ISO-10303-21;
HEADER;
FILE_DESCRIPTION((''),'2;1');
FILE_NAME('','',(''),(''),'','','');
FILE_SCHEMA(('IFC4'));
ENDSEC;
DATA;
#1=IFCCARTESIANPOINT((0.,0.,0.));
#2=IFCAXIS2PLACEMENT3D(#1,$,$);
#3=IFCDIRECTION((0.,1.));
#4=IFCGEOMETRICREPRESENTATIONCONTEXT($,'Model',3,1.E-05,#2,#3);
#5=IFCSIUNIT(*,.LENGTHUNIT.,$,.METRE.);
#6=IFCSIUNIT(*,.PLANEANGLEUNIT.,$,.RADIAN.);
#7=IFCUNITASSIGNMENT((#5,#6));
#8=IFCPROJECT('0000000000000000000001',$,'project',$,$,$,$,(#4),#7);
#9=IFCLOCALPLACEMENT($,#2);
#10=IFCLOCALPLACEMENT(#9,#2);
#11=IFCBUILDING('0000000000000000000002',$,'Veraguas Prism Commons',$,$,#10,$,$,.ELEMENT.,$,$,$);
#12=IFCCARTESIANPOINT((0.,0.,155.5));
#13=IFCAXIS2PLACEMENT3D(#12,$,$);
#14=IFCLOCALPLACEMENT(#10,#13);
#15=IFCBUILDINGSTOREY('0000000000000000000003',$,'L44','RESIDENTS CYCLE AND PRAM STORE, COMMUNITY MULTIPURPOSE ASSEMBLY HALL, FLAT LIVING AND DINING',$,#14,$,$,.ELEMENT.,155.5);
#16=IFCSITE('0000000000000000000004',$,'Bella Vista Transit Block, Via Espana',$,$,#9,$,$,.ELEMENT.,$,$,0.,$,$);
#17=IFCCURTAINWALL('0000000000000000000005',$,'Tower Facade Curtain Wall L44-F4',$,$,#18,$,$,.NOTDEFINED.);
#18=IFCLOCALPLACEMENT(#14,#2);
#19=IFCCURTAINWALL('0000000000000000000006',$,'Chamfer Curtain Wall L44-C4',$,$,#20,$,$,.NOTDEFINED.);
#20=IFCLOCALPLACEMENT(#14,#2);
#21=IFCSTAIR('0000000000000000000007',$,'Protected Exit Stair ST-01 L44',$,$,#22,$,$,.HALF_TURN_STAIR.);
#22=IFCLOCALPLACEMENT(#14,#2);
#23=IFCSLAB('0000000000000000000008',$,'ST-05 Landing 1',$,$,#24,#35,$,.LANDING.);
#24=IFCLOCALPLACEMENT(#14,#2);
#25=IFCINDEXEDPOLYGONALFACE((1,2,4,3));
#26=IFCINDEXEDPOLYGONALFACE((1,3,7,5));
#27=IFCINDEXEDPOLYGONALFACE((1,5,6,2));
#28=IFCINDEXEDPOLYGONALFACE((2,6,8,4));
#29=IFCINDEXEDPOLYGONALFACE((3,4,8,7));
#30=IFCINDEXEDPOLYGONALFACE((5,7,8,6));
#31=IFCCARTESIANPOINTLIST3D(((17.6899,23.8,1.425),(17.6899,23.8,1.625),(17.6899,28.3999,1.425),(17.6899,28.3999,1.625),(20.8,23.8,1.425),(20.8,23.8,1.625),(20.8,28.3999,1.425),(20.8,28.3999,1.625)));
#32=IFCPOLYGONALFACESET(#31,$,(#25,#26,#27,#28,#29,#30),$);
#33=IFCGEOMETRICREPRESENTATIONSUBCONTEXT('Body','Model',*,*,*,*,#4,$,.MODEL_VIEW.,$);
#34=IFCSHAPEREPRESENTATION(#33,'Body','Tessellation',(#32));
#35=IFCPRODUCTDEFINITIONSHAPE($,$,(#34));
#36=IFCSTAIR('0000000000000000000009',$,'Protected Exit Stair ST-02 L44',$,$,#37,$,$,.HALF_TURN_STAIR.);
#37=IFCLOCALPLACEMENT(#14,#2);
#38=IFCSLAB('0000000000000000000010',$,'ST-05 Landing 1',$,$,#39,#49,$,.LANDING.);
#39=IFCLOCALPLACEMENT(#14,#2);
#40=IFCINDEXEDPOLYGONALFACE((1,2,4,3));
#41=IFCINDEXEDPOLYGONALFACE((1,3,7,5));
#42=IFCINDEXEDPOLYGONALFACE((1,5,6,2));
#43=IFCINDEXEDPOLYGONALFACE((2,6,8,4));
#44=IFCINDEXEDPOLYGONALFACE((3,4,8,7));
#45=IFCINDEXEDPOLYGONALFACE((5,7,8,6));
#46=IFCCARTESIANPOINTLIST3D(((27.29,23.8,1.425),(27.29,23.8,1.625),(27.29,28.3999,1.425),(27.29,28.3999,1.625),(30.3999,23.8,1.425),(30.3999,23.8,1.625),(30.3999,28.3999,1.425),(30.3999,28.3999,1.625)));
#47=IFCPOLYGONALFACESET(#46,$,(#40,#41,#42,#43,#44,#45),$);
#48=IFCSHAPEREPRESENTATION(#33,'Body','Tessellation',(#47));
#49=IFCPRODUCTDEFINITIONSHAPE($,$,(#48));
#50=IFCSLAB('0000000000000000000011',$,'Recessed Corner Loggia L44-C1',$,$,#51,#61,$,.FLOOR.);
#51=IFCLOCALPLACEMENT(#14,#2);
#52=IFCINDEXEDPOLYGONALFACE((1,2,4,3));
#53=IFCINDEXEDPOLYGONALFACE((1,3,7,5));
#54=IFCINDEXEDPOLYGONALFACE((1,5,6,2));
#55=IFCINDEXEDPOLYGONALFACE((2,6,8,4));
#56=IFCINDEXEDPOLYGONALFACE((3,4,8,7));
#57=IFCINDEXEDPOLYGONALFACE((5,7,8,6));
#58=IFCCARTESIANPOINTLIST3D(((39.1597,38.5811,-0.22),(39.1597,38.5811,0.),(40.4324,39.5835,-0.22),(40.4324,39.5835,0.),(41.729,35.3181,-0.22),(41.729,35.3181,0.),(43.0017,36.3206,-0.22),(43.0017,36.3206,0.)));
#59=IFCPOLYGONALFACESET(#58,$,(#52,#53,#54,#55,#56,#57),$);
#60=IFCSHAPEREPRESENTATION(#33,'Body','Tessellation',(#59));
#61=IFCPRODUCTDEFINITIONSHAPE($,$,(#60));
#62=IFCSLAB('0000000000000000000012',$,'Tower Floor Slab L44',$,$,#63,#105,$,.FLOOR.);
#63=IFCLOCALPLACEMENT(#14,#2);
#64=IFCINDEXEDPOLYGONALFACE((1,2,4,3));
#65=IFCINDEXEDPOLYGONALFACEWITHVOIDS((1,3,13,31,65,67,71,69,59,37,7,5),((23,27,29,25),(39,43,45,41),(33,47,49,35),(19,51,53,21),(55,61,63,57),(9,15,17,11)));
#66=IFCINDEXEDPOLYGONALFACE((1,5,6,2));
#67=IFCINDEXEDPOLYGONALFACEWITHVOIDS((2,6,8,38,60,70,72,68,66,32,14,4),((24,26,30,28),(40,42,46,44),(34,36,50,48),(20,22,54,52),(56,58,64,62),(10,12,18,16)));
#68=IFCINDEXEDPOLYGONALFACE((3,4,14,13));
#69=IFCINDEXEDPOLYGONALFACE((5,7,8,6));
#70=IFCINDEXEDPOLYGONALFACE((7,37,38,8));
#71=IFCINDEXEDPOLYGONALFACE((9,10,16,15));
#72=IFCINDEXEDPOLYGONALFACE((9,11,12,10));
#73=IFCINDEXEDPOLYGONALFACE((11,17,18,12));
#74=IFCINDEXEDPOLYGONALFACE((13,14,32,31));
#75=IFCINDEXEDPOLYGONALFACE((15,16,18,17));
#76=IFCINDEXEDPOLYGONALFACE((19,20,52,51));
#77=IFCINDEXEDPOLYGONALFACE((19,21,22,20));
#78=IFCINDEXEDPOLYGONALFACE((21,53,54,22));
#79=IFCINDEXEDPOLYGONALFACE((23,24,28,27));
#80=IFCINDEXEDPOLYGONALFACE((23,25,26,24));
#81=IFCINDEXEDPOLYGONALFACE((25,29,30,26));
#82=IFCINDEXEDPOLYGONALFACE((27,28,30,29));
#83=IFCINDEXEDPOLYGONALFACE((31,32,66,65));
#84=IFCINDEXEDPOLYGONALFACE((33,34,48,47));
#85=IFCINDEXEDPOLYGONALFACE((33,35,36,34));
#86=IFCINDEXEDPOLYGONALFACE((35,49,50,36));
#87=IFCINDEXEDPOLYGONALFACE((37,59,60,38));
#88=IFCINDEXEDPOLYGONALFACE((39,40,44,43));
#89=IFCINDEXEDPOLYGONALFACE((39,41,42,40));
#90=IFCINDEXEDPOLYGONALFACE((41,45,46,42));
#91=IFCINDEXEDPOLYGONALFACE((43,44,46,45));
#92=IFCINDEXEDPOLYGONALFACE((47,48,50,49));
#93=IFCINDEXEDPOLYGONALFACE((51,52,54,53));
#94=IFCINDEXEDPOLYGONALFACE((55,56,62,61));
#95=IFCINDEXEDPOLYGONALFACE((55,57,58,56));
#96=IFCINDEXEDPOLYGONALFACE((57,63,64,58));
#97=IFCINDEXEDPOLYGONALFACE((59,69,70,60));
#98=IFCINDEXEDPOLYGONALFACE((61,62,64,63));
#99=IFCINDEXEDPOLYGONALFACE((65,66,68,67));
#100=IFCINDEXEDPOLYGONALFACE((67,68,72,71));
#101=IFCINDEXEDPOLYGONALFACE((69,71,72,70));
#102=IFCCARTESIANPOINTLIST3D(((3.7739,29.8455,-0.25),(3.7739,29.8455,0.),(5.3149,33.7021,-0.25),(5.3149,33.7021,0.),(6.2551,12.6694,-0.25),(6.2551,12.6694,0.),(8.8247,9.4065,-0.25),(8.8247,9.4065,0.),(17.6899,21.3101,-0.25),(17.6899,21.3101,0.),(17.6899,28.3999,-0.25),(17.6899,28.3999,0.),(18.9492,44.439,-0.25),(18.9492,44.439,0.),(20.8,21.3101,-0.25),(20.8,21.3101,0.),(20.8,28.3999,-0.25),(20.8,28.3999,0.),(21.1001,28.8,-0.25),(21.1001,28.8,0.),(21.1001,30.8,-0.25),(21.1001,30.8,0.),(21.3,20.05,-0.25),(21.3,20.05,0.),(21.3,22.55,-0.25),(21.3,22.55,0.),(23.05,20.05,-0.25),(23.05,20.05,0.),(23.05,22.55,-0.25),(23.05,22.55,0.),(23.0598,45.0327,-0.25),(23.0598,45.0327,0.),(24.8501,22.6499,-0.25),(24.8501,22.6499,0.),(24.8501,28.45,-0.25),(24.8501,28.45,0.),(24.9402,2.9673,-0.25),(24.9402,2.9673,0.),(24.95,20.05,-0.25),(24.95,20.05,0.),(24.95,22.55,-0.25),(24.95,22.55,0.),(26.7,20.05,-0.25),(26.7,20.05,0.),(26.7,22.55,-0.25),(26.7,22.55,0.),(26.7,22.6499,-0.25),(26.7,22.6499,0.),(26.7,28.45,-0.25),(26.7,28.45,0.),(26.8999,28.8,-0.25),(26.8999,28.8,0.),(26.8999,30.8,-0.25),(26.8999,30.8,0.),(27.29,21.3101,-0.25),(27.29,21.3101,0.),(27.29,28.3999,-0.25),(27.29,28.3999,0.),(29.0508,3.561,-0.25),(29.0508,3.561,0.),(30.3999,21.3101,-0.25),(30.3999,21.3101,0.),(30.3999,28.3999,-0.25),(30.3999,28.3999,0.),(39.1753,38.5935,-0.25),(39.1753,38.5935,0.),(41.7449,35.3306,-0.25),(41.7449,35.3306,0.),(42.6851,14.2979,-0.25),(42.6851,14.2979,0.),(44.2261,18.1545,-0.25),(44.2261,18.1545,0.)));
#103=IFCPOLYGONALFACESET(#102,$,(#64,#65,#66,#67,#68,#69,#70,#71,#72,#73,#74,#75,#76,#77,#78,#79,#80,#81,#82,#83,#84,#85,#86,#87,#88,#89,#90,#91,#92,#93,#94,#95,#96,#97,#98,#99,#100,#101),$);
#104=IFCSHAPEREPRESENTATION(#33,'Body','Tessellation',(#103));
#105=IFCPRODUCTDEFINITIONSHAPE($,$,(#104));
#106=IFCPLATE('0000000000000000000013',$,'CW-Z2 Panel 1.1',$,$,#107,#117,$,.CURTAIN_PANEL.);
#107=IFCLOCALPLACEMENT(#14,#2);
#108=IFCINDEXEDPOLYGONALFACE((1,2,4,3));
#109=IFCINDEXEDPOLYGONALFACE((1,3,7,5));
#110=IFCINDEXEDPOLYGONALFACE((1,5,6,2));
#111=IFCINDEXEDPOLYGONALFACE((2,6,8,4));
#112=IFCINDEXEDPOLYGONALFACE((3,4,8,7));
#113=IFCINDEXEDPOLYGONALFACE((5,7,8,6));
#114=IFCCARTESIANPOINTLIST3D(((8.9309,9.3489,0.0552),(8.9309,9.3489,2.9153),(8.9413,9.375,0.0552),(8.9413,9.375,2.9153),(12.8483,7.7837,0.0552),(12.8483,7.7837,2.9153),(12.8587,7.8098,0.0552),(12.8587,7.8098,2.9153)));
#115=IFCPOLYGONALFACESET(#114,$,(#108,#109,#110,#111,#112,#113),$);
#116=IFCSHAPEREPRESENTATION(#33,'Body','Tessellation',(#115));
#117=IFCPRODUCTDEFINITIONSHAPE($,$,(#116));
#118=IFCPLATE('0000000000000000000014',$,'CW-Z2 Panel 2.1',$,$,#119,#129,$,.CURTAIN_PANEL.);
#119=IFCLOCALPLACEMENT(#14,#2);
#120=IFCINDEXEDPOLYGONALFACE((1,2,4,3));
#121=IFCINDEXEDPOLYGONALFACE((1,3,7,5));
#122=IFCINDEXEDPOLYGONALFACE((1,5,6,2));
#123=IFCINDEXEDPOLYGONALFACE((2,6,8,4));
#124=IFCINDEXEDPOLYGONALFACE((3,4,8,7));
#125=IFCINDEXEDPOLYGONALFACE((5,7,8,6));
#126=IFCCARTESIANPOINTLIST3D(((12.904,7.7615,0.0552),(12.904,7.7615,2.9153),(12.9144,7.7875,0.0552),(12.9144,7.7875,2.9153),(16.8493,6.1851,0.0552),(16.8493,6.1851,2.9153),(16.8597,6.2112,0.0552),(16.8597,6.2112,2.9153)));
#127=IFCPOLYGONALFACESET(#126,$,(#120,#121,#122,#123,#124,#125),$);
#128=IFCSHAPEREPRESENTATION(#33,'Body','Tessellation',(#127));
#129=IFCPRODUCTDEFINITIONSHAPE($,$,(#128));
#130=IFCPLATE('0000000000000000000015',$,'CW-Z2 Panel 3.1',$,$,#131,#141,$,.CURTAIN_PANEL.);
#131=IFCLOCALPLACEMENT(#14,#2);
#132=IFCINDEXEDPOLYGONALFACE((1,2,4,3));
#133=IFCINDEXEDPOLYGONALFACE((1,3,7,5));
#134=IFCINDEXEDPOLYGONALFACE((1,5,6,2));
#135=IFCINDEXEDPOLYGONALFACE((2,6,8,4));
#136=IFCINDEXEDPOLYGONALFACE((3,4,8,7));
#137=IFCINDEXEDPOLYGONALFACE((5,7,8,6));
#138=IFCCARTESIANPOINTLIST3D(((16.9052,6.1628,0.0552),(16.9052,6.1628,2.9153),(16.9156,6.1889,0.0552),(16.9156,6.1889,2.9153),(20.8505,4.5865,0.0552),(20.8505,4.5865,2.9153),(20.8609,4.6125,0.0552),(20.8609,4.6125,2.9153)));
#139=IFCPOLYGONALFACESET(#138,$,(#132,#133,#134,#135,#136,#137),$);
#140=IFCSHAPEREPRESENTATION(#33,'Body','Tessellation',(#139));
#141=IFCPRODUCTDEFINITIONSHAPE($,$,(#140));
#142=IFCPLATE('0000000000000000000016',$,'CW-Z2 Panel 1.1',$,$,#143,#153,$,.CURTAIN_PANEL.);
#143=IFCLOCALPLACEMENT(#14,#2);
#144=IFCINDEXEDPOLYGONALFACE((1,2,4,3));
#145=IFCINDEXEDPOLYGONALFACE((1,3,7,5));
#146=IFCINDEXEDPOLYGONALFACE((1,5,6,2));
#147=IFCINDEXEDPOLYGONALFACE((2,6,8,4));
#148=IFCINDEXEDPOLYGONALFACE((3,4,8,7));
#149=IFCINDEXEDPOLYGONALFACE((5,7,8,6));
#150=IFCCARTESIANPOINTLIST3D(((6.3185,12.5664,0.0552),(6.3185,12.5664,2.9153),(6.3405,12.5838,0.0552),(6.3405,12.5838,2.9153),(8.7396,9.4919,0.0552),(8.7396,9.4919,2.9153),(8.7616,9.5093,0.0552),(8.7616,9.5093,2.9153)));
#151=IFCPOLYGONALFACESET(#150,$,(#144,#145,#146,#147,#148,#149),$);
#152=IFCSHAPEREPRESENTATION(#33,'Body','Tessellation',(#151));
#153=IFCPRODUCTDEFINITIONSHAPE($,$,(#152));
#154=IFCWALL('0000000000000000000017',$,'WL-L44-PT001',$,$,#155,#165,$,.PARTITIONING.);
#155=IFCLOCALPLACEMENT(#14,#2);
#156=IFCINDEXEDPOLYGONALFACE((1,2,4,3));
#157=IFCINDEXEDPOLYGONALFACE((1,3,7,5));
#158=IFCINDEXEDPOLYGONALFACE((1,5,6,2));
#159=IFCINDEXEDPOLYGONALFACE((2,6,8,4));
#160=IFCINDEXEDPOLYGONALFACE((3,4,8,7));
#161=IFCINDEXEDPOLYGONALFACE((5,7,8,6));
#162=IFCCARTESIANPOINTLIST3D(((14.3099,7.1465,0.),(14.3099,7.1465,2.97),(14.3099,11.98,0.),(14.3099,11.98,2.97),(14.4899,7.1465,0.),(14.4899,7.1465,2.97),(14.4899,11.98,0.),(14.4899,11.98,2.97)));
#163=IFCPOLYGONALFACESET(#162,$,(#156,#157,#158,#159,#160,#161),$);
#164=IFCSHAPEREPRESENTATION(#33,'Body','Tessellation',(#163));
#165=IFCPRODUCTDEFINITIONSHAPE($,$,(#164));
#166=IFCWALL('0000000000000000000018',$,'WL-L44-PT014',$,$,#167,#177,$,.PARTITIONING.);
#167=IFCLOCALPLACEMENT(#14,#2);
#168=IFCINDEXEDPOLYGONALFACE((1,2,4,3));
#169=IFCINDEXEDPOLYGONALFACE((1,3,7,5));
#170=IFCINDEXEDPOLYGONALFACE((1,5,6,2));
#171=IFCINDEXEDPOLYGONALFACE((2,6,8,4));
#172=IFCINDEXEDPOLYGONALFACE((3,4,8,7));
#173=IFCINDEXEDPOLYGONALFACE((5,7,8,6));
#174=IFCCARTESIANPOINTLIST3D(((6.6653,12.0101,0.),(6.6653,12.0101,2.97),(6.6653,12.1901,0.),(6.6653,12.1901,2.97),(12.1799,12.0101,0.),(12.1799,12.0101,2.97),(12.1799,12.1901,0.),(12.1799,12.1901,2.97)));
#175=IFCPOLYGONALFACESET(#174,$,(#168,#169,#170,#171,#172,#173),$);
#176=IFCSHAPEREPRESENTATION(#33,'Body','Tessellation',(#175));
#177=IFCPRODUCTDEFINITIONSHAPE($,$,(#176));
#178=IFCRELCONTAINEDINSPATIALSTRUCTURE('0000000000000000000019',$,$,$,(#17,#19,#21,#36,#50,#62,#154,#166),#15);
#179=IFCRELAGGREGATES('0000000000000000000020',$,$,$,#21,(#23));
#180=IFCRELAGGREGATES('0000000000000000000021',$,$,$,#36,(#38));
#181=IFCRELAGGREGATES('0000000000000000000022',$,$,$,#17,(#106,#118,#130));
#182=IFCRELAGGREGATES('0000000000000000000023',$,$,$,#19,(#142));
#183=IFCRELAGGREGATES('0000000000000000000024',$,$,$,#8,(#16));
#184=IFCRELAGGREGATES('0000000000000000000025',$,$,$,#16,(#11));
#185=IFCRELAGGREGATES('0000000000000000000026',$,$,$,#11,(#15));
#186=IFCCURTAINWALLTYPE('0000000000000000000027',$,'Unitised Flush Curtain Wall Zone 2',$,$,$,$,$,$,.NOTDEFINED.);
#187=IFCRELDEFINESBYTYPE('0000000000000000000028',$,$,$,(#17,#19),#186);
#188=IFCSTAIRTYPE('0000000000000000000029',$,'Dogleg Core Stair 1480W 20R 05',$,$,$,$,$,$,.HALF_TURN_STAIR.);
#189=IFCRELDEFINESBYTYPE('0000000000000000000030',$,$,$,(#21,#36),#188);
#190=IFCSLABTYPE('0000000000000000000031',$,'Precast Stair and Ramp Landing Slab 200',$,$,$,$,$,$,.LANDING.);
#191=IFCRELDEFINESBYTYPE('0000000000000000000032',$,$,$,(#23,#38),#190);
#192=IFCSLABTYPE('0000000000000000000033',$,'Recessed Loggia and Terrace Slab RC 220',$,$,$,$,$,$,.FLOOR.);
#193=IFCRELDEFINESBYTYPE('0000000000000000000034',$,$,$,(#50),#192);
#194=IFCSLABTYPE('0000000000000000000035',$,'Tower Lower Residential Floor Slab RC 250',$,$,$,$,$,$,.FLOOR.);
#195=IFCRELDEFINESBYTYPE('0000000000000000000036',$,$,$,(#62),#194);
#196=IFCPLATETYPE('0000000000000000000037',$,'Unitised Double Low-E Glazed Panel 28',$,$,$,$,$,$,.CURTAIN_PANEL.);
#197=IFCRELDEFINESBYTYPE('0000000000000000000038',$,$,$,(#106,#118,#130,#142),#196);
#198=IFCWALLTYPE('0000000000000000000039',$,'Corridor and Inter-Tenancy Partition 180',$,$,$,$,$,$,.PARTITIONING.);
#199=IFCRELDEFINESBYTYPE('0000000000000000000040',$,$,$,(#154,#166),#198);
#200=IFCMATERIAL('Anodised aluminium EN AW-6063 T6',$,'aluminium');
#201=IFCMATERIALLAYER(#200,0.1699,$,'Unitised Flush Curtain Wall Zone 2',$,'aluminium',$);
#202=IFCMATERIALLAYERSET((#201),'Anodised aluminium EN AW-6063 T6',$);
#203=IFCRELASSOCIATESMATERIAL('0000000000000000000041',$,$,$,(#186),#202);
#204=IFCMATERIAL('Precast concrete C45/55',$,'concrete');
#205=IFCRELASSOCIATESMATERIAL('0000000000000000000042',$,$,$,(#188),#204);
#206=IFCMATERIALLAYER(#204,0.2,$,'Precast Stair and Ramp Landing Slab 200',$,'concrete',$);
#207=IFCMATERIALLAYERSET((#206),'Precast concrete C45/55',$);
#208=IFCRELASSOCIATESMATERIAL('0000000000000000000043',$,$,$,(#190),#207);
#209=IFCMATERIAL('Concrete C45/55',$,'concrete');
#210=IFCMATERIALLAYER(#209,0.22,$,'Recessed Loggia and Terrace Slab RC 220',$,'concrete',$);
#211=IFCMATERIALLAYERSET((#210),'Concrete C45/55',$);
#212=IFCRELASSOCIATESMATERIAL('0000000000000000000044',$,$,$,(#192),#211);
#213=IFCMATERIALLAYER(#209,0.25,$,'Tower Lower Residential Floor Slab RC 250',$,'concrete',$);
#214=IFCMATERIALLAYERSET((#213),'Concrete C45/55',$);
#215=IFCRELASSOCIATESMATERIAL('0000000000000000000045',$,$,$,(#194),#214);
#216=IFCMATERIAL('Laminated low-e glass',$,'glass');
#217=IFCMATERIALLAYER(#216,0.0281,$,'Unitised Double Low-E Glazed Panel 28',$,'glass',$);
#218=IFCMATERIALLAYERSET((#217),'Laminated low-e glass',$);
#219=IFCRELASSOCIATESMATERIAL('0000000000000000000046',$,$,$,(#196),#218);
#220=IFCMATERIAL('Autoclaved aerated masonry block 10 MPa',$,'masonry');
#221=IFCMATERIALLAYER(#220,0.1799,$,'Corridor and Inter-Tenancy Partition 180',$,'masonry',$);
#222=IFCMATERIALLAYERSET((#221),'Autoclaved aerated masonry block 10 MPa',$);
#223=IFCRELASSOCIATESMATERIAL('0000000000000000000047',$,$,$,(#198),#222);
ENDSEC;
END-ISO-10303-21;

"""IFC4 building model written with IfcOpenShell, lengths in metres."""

from ifc_helpers import new_model, si_unit, direction, frame, frame_2d, origin, origin_2d, place, context, subcontext, project, spatial, polyline, rectangle, outline, extrude, source, transform, mapped, material, layer, layer_set, type_object, element, aggregate, save


model = new_model("IFC4")

# Units and contexts
model_context = context("Model", 3, precision=1e-05, world=origin(), true_north=direction((0.0, 1.0)))
body_context = subcontext(model_context, "Body", "Model", "MODEL_VIEW")
ifc_project = project(units=[si_unit("LENGTHUNIT", "METRE"), si_unit("PLANEANGLEUNIT", "RADIAN")], contexts=[model_context])

# Site, building, storey
site_placement = place(None, origin())
site = spatial("IfcSite", under=ifc_project, at=site_placement, Name="Bella Vista Transit Block, Via Espana", CompositionType="ELEMENT", RefElevation=0.0)
building_placement = place(site_placement, origin())
building = spatial("IfcBuilding", under=site, at=building_placement, Name="Veraguas Prism Commons", CompositionType="ELEMENT")
storey_placement = place(building_placement, frame((0.0, 0.0, 155.5)))
storey = spatial("IfcBuildingStorey", under=building, at=storey_placement, Name="L44", Description="RESIDENTS CYCLE AND PRAM STORE, COMMUNITY MULTIPURPOSE ASSEMBLY HALL, FLAT LIVING AND DINING", CompositionType="ELEMENT", Elevation=155.5)

# Curtain wall
ifc_material_1 = material(Name="Anodised aluminium EN AW-6063 T6", Category="aluminium")
ifc_layer_1 = layer(ifc_material_1, 0.1699, Name="Unitised Flush Curtain Wall Zone 2", Category="aluminium")
ifc_layer_set_1 = layer_set([ifc_layer_1], Name="Anodised aluminium EN AW-6063 T6")
curtain_wall_type = type_object("IfcCurtainWallType", Name="Unitised Flush Curtain Wall Zone 2", PredefinedType="NOTDEFINED", material=ifc_layer_set_1)
curtain_wall_1_placement = place(storey_placement, origin())
curtain_wall_1 = element("IfcCurtainWall", 1, at=curtain_wall_1_placement, inside=storey, type_object=curtain_wall_type, Name="Tower Facade Curtain Wall L44-F4", PredefinedType="NOTDEFINED")

# Curtain wall
curtain_wall_2_placement = place(storey_placement, origin())
curtain_wall_2 = element("IfcCurtainWall", 2, at=curtain_wall_2_placement, inside=storey, type_object=curtain_wall_type, Name="Chamfer Curtain Wall L44-C4", PredefinedType="NOTDEFINED")

# Stairs, slabs
ifc_material_2 = material(Name="Precast concrete C45/55", Category="concrete")
stair_type = type_object("IfcStairType", Name="Dogleg Core Stair 1480W 20R 05", PredefinedType="HALF_TURN_STAIR", material=ifc_material_2)
stair_1_placement = place(storey_placement, origin())
stair_1 = element("IfcStair", 3, at=stair_1_placement, inside=storey, type_object=stair_type, Name="Protected Exit Stair ST-01 L44", PredefinedType="HALF_TURN_STAIR")
ifc_layer_2 = layer(ifc_material_2, 0.2, Name="Precast Stair and Ramp Landing Slab 200", Category="concrete")
ifc_layer_set_2 = layer_set([ifc_layer_2], Name="Precast concrete C45/55")
slab_type_1 = type_object("IfcSlabType", Name="Precast Stair and Ramp Landing Slab 200", PredefinedType="LANDING", material=ifc_layer_set_2)
slab_1_placement = place(storey_placement, frame((0.0, 0.0, 1.425)))
slab_1 = element("IfcSlab", 4, at=slab_1_placement, type_object=slab_type_1, Name="ST-05 Landing 1", PredefinedType="LANDING", context=body_context, shape_type="SweptSolid", body=[
    extrude(outline(polyline([(20.8, 23.8), (20.8, 28.3999), (17.6899, 28.3999), (17.6899, 23.8), (20.8, 23.8)])), origin(), (0.0, 0.0, 1.0), 0.2),
])
aggregate(stair_1, [slab_1])
stair_2_placement = place(storey_placement, origin())
stair_2 = element("IfcStair", 5, at=stair_2_placement, inside=storey, type_object=stair_type, Name="Protected Exit Stair ST-02 L44", PredefinedType="HALF_TURN_STAIR")
slab_2_placement = place(storey_placement, frame((0.0, 0.0, 1.425)))
slab_2 = element("IfcSlab", 6, at=slab_2_placement, type_object=slab_type_1, Name="ST-05 Landing 1", PredefinedType="LANDING", context=body_context, shape_type="SweptSolid", body=[
    extrude(outline(polyline([(30.3999, 23.8), (30.3999, 28.3999), (27.29, 28.3999), (27.29, 23.8), (30.3999, 23.8)])), origin(), (0.0, 0.0, 1.0), 0.2),
])
aggregate(stair_2, [slab_2])

# Slabs
ifc_material_3 = material(Name="Concrete C45/55", Category="concrete")
ifc_layer_3 = layer(ifc_material_3, 0.22, Name="Recessed Loggia and Terrace Slab RC 220", Category="concrete")
ifc_layer_set_3 = layer_set([ifc_layer_3], Name="Concrete C45/55")
slab_type_2 = type_object("IfcSlabType", Name="Recessed Loggia and Terrace Slab RC 220", PredefinedType="FLOOR", material=ifc_layer_set_3)
slab_3_placement = place(storey_placement, frame((0.0, 0.0, -0.22)))
element("IfcSlab", 7, at=slab_3_placement, inside=storey, type_object=slab_type_2, Name="Recessed Corner Loggia L44-C1", PredefinedType="FLOOR", context=body_context, shape_type="SweptSolid", body=[
    extrude(outline(polyline([(41.729, 35.3181), (43.0017, 36.3206), (40.4324, 39.5835), (39.1597, 38.5811), (41.729, 35.3181)])), origin(), (0.0, 0.0, 1.0), 0.22),
])
ifc_layer_4 = layer(ifc_material_3, 0.25, Name="Tower Lower Residential Floor Slab RC 250", Category="concrete")
ifc_layer_set_4 = layer_set([ifc_layer_4], Name="Concrete C45/55")
slab_type_3 = type_object("IfcSlabType", Name="Tower Lower Residential Floor Slab RC 250", PredefinedType="FLOOR", material=ifc_layer_set_4)
slab_4_placement = place(storey_placement, frame((0.0, 0.0, -0.25)))
element("IfcSlab", 8, at=slab_4_placement, inside=storey, type_object=slab_type_3, Name="Tower Floor Slab L44", PredefinedType="FLOOR", context=body_context, shape_type="SweptSolid", body=[
    extrude(outline(polyline([(41.7449, 35.3306), (39.1753, 38.5935), (23.0598, 45.0327), (18.9492, 44.439), (5.3149, 33.7021), (3.7739, 29.8455), (6.2551, 12.6694), (8.8247, 9.4065), (24.9402, 2.9673), (29.0508, 3.561), (42.6851, 14.2979), (44.2261, 18.1545), (41.7449, 35.3306)]), holes=[polyline([(20.8, 21.3101), (20.8, 28.3999), (17.6899, 28.3999), (17.6899, 21.3101), (20.8, 21.3101)]), polyline([(30.3999, 21.3101), (30.3999, 28.3999), (27.29, 28.3999), (27.29, 21.3101), (30.3999, 21.3101)]), polyline([(24.8501, 22.6499), (26.7, 22.6499), (26.7, 28.45), (24.8501, 28.45), (24.8501, 22.6499)]), polyline([(21.1001, 28.8), (26.8999, 28.8), (26.8999, 30.8), (21.1001, 30.8), (21.1001, 28.8)]), polyline([(21.3, 20.05), (23.05, 20.05), (23.05, 22.55), (21.3, 22.55), (21.3, 20.05)]), polyline([(24.95, 20.05), (26.7, 20.05), (26.7, 22.55), (24.95, 22.55), (24.95, 20.05)])]), origin(), (0.0, 0.0, 1.0), 0.25),
])

# Plates
ifc_material_4 = material(Name="Laminated low-e glass", Category="glass")
ifc_layer_5 = layer(ifc_material_4, 0.0281, Name="Unitised Double Low-E Glazed Panel 28", Category="glass")
ifc_layer_set_5 = layer_set([ifc_layer_5], Name="Laminated low-e glass")
plate_type = type_object("IfcPlateType", Name="Unitised Double Low-E Glazed Panel 28", PredefinedType="CURTAIN_PANEL", material=ifc_layer_set_5)
shared_shape_1 = source(origin(), body_context, "Body", "SweptSolid", [
    extrude(rectangle(XDim=4.2185, YDim=0.0281, at=origin_2d()), origin(), (0.0, 0.0, 1.0), 2.8601),
])
plate_1_placement = place(storey_placement, frame((10.8948, 8.5793, 0.0552), z_axis=(0.0, 0.0, 1.0), x_axis=(0.928617, -0.371039, 0.0)))
plate_1 = element("IfcPlate", 9, at=plate_1_placement, type_object=plate_type, Name="CW-Z2 Panel 1.1", PredefinedType="CURTAIN_PANEL", context=body_context, shape_type="MappedRepresentation", body=[
    mapped(shared_shape_1, transform((0.0, 0.0, 0.0), scale=1.0)),
])
shared_shape_2 = source(origin(), body_context, "Body", "SweptSolid", [
    extrude(rectangle(XDim=4.2485, YDim=0.0281, at=origin_2d()), origin(), (0.0, 0.0, 1.0), 2.8601),
])
plate_2_placement = place(storey_placement, frame((14.8818, 6.9863, 0.0552), z_axis=(0.0, 0.0, 1.0), x_axis=(0.928617, -0.371039, 0.0)))
plate_2 = element("IfcPlate", 10, at=plate_2_placement, type_object=plate_type, Name="CW-Z2 Panel 2.1", PredefinedType="CURTAIN_PANEL", context=body_context, shape_type="MappedRepresentation", body=[
    mapped(shared_shape_2, transform((0.0, 0.0, 0.0), scale=1.0)),
])
plate_3_placement = place(storey_placement, frame((18.8831, 5.3877, 0.0552), z_axis=(0.0, 0.0, 1.0), x_axis=(0.928617, -0.371039, 0.0)))
plate_3 = element("IfcPlate", 11, at=plate_3_placement, type_object=plate_type, Name="CW-Z2 Panel 3.1", PredefinedType="CURTAIN_PANEL", context=body_context, shape_type="MappedRepresentation", body=[
    mapped(shared_shape_2, transform((0.0, 0.0, 0.0), scale=1.0)),
])
aggregate(curtain_wall_1, [plate_1, plate_2, plate_3])
shared_shape_3 = source(origin(), body_context, "Body", "SweptSolid", [
    extrude(rectangle(XDim=3.9133, YDim=0.0281, at=origin_2d()), origin(), (0.0, 0.0, 1.0), 2.8601),
])
plate_4_placement = place(storey_placement, frame((7.54, 11.0378, 0.0552), z_axis=(0.0, 0.0, 1.0), x_axis=(0.618681, -0.785642, 0.0)))
plate_4 = element("IfcPlate", 12, at=plate_4_placement, type_object=plate_type, Name="CW-Z2 Panel 1.1", PredefinedType="CURTAIN_PANEL", context=body_context, shape_type="MappedRepresentation", body=[
    mapped(shared_shape_3, transform((0.0, 0.0, 0.0), scale=1.0)),
])
aggregate(curtain_wall_2, [plate_4])

# Walls
ifc_material_5 = material(Name="Autoclaved aerated masonry block 10 MPa", Category="masonry")
ifc_layer_6 = layer(ifc_material_5, 0.1799, Name="Corridor and Inter-Tenancy Partition 180", Category="masonry")
ifc_layer_set_6 = layer_set([ifc_layer_6], Name="Autoclaved aerated masonry block 10 MPa")
wall_type = type_object("IfcWallType", Name="Corridor and Inter-Tenancy Partition 180", PredefinedType="PARTITIONING", material=ifc_layer_set_6)
wall_1_placement = place(storey_placement, frame((14.3999, 11.98, 0.0), z_axis=(0.0, 0.0, 1.0), x_axis=(0.0, -1.0, 0.0)))
element("IfcWall", 13, at=wall_1_placement, inside=storey, type_object=wall_type, Name="WL-L44-PT001", PredefinedType="PARTITIONING", context=body_context, shape_type="SweptSolid", body=[
    extrude(rectangle(XDim=4.8335, YDim=0.1799, at=frame_2d((2.4167, 0.0))), origin(), (0.0, 0.0, 1.0), 2.97),
])
wall_2_placement = place(storey_placement, frame((12.1799, 12.1001, 0.0), z_axis=(0.0, 0.0, 1.0), x_axis=(-1.0, 0.0, 0.0)))
element("IfcWall", 14, at=wall_2_placement, inside=storey, type_object=wall_type, Name="WL-L44-PT014", PredefinedType="PARTITIONING", context=body_context, shape_type="SweptSolid", body=[
    extrude(rectangle(XDim=5.5146, YDim=0.1799, at=frame_2d((2.7573, 0.0))), origin(), (0.0, 0.0, 1.0), 2.97),
])

save(model, "model.ifc")
